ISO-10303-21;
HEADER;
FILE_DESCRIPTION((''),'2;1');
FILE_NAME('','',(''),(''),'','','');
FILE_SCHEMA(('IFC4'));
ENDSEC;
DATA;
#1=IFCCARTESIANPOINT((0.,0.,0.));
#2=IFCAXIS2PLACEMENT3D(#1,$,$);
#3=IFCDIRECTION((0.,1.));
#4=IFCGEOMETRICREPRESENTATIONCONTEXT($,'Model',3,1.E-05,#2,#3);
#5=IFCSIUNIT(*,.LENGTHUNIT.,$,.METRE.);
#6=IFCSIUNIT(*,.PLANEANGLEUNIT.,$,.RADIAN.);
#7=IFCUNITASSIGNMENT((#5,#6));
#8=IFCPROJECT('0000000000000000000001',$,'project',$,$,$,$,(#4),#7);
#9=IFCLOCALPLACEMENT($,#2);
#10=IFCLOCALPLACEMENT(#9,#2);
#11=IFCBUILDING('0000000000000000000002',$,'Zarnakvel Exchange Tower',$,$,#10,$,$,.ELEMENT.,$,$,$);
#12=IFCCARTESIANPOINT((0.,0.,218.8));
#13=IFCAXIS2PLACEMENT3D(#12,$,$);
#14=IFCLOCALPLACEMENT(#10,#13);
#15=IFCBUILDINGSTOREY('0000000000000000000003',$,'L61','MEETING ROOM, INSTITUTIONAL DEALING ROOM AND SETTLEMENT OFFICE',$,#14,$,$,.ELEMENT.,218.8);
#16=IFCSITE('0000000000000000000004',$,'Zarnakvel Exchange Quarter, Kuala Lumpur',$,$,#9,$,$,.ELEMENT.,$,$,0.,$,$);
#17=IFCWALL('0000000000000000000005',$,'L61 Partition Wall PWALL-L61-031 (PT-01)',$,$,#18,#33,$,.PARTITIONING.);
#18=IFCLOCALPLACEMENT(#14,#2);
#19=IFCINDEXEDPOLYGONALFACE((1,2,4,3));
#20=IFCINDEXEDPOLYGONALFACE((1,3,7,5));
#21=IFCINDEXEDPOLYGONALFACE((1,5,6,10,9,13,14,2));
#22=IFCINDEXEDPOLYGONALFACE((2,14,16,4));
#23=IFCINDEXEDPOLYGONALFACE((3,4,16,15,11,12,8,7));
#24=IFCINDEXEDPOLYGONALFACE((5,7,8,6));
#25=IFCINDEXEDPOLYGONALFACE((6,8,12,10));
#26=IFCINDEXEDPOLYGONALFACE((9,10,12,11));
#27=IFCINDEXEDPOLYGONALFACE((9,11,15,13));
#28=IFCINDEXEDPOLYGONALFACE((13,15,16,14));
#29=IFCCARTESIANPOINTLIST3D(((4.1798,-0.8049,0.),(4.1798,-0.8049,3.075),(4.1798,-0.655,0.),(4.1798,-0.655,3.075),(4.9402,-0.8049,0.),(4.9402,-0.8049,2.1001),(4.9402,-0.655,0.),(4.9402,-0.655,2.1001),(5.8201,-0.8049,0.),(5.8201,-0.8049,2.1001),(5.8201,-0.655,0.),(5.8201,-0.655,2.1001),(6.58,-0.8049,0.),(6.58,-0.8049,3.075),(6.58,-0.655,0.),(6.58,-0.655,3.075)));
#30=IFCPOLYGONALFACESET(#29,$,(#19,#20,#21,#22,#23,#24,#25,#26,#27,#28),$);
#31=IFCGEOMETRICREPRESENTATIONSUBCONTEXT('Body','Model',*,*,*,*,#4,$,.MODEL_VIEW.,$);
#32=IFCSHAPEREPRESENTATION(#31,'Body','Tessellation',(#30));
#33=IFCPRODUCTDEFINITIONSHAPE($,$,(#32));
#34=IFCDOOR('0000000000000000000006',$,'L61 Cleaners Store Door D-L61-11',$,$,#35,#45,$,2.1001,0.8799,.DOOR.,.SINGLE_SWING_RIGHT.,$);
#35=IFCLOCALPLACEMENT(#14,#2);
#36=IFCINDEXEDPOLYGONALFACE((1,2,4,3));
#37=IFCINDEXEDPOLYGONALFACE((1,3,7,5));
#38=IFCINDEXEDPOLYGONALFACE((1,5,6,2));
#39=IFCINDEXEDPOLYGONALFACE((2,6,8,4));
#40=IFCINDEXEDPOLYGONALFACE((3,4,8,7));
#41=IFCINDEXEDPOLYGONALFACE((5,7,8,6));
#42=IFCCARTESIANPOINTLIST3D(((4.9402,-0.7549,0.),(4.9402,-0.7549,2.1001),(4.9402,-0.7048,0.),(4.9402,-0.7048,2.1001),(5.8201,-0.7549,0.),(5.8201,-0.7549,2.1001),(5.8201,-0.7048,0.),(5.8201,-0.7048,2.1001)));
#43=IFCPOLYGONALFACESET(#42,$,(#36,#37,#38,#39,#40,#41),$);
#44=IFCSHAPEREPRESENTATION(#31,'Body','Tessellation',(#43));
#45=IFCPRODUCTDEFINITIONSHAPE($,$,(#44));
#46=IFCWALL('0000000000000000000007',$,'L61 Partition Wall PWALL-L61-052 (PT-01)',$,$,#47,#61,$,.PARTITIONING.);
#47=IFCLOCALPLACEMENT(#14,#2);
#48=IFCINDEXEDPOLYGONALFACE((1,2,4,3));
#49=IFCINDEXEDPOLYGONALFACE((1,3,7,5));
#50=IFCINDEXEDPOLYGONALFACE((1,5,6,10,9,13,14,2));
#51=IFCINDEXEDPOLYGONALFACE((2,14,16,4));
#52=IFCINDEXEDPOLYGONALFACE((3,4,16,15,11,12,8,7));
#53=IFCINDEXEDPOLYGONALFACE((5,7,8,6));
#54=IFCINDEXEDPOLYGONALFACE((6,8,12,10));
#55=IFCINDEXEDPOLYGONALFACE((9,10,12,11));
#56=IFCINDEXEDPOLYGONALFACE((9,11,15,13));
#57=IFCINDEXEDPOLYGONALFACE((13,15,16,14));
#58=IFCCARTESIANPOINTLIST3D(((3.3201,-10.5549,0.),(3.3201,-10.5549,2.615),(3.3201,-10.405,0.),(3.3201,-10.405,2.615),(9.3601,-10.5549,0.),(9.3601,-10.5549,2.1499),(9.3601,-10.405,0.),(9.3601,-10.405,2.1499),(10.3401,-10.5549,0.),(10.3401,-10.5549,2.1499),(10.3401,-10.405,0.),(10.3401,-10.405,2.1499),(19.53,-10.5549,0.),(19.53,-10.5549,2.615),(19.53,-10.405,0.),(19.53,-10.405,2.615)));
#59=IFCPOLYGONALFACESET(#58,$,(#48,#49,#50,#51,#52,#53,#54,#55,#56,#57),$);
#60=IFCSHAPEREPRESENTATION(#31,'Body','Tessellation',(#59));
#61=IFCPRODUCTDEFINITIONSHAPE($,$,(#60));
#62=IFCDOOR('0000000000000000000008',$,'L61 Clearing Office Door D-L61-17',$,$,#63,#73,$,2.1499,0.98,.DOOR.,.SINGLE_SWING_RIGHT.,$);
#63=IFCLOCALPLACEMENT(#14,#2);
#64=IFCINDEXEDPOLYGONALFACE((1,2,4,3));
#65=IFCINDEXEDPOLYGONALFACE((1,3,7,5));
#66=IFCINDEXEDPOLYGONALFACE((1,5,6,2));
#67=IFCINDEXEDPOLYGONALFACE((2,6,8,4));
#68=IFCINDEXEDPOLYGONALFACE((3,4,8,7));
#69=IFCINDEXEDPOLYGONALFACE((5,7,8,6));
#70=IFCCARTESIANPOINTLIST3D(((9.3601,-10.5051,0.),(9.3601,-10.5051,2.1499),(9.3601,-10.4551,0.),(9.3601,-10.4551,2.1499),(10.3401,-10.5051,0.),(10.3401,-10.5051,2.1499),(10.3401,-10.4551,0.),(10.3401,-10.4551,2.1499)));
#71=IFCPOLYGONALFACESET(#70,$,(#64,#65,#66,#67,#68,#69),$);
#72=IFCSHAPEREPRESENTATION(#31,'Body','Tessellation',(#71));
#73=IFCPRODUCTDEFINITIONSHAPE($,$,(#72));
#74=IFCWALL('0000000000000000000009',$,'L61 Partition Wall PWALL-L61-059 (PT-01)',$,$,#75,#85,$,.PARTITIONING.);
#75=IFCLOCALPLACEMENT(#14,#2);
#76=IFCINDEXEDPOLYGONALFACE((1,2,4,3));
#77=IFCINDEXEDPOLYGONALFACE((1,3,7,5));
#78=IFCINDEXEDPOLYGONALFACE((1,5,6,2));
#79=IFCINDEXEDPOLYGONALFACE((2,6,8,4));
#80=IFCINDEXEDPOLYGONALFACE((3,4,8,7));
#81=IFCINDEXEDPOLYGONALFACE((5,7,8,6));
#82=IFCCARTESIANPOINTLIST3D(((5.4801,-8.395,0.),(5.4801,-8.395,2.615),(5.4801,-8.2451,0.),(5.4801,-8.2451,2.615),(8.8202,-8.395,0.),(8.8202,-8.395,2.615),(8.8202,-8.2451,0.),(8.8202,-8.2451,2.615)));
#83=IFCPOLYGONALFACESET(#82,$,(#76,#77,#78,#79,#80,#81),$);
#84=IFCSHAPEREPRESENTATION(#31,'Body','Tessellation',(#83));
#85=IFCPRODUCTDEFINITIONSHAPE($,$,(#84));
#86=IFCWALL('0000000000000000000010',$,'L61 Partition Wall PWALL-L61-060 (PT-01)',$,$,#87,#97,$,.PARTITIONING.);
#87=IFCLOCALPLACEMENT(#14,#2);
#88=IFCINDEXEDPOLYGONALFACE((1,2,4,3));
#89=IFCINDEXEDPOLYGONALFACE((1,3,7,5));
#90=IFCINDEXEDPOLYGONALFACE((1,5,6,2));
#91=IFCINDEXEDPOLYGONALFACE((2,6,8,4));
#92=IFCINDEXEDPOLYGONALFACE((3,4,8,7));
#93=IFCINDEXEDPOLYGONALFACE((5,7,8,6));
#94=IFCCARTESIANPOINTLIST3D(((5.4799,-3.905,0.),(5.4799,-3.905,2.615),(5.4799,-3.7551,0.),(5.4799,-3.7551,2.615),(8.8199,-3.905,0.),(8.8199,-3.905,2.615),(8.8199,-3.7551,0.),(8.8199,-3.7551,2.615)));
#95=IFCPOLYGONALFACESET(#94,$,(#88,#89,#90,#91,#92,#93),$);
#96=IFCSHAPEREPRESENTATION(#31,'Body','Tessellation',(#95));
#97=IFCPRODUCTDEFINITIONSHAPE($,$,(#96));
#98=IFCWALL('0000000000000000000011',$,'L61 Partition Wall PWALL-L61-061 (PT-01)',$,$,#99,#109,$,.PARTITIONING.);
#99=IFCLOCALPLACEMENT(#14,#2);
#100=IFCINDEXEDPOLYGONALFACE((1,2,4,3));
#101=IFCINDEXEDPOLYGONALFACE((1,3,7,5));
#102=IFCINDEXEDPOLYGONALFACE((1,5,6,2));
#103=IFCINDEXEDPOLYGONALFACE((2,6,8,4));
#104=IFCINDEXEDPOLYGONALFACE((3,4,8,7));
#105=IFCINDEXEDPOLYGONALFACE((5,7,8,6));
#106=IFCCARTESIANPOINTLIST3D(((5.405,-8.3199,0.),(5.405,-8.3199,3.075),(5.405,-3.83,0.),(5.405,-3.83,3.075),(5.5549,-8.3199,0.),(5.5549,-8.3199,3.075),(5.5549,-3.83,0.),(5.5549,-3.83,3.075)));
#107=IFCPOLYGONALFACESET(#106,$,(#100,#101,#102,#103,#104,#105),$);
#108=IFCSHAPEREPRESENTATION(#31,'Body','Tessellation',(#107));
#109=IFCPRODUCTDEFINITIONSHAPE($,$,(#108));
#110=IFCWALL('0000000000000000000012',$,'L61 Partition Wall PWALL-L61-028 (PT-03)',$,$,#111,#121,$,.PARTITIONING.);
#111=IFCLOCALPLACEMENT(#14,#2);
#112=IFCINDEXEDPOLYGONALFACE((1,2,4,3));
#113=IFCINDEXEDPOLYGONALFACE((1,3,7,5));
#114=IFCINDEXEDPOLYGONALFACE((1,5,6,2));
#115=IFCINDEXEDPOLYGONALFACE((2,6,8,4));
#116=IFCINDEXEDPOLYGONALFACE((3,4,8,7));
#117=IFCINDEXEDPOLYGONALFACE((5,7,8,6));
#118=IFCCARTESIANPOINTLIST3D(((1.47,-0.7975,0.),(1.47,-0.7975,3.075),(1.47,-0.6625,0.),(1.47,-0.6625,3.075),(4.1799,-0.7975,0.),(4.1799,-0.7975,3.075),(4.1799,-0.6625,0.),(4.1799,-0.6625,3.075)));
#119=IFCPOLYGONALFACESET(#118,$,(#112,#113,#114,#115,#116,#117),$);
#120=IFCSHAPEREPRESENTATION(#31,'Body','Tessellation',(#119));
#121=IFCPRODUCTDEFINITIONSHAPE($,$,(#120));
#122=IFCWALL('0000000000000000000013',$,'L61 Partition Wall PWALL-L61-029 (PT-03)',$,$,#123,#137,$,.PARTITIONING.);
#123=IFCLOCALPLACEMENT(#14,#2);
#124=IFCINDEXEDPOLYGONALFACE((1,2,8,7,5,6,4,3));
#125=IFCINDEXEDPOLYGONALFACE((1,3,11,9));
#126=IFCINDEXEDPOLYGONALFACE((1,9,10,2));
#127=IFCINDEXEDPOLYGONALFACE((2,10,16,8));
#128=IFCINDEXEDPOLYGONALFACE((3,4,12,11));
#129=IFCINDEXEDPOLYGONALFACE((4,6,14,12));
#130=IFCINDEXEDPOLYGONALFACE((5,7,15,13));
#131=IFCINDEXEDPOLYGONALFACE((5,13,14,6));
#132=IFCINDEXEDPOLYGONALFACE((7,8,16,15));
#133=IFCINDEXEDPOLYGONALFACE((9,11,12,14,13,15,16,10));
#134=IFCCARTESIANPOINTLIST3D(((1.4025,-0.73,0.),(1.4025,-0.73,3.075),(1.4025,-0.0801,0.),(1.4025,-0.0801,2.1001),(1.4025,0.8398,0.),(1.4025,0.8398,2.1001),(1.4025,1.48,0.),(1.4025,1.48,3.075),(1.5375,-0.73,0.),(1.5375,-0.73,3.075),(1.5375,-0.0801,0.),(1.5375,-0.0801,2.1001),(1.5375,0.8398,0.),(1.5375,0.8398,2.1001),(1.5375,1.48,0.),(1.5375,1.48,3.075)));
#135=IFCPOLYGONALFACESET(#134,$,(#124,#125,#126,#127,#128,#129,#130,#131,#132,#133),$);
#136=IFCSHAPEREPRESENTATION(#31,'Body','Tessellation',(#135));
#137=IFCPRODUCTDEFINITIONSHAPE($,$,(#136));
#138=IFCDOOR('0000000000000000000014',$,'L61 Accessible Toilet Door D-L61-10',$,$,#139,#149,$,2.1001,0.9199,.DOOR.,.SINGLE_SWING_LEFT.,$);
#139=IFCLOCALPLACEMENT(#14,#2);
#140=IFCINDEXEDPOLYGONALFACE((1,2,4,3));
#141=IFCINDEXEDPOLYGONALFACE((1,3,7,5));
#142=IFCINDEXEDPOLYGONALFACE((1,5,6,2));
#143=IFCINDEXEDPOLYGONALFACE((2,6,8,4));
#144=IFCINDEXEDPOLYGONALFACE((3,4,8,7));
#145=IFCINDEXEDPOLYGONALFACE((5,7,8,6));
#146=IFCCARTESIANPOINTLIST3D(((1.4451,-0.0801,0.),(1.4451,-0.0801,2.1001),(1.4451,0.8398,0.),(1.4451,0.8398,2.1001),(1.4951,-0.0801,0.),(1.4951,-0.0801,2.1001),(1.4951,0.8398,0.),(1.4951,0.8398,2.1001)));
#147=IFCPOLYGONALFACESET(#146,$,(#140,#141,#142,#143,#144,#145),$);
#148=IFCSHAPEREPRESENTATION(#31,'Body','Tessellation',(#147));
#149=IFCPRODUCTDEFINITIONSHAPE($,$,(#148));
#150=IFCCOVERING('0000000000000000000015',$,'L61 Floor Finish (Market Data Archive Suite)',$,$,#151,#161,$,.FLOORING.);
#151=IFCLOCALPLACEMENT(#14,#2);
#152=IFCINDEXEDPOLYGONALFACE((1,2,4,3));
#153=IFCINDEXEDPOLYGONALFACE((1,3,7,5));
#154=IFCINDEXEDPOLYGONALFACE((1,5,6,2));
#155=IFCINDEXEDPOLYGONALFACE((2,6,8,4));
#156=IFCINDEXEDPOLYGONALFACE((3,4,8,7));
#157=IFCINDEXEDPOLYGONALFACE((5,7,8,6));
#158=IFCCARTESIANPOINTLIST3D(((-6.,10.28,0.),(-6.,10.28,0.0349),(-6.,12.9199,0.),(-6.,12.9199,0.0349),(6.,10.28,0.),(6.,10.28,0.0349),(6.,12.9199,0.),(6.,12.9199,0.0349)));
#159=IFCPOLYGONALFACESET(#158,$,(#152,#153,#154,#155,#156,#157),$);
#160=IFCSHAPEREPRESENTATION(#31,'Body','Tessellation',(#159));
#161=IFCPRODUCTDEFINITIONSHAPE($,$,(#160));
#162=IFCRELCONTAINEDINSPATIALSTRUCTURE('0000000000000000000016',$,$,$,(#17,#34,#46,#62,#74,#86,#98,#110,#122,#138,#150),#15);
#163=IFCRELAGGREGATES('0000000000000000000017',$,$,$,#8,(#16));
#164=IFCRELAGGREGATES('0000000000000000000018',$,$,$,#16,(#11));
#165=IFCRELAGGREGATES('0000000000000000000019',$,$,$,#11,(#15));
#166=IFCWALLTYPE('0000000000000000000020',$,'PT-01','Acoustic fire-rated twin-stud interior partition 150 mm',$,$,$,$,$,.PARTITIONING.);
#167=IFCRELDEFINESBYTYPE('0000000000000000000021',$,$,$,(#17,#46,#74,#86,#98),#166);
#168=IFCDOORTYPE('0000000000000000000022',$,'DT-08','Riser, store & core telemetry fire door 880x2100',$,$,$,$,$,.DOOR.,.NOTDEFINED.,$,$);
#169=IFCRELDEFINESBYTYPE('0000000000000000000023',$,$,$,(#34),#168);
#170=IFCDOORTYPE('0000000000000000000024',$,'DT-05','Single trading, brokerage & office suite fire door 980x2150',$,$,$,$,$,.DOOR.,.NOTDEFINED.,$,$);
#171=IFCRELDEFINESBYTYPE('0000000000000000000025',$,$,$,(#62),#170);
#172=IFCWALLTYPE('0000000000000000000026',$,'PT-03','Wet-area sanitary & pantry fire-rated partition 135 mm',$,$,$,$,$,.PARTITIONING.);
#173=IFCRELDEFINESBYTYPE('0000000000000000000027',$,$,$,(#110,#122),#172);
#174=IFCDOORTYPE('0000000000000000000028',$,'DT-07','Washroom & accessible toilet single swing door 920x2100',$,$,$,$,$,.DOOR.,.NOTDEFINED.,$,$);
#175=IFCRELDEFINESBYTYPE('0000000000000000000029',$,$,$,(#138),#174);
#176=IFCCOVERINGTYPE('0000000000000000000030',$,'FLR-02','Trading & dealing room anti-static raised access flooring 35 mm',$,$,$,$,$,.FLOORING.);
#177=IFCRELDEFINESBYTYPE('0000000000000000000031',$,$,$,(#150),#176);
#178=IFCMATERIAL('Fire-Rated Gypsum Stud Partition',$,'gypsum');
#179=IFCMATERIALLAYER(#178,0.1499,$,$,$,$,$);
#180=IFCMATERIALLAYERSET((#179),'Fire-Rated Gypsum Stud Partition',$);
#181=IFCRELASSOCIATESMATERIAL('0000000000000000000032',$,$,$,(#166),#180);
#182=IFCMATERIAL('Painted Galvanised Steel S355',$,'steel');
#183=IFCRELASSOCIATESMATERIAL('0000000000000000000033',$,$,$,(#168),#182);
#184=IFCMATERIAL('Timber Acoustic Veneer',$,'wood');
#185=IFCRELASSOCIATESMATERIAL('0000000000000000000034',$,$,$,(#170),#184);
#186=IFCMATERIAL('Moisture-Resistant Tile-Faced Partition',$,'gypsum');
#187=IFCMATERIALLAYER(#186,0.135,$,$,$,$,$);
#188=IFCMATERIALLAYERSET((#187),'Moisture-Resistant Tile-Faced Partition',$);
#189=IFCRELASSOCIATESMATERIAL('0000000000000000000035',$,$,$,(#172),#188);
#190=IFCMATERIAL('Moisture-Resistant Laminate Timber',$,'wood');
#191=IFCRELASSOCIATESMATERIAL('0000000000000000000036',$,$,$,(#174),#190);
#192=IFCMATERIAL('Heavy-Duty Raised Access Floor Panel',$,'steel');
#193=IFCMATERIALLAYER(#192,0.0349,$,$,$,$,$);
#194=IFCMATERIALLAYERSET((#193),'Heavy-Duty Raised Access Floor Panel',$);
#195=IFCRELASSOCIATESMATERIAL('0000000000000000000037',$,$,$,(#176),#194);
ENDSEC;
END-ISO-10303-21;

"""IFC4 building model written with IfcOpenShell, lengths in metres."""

from ifc_helpers import new_model, si_unit, direction, frame, frame_2d, origin, place, context, subcontext, project, spatial, polyline, rectangle, outline, extrude, source, transform, mapped, material, layer, layer_set, type_object, element, fill, save


model = new_model("IFC4")

# Units and contexts
model_context = context("Model", 3, precision=1e-05, world=origin(), true_north=direction((0.0, 1.0)))
body_context = subcontext(model_context, "Body", "Model", "MODEL_VIEW")
ifc_project = project(units=[si_unit("LENGTHUNIT", "METRE"), si_unit("PLANEANGLEUNIT", "RADIAN")], contexts=[model_context])

# Site, building, storey
site_placement = place(None, origin())
site = spatial("IfcSite", under=ifc_project, at=site_placement, Name="Zarnakvel Exchange Quarter, Kuala Lumpur", CompositionType="ELEMENT", RefElevation=0.0)
building_placement = place(site_placement, origin())
building = spatial("IfcBuilding", under=site, at=building_placement, Name="Zarnakvel Exchange Tower", CompositionType="ELEMENT")
storey_placement = place(building_placement, frame((0.0, 0.0, 218.8)))
storey = spatial("IfcBuildingStorey", under=building, at=storey_placement, Name="L61", Description="MEETING ROOM, INSTITUTIONAL DEALING ROOM AND SETTLEMENT OFFICE", CompositionType="ELEMENT", Elevation=218.8)

# Walls, openings, doors
ifc_material_1 = material(Name="Fire-Rated Gypsum Stud Partition", Category="gypsum")
ifc_layer_1 = layer(ifc_material_1, 0.1499)
ifc_layer_set_1 = layer_set([ifc_layer_1], Name="Fire-Rated Gypsum Stud Partition")
wall_type_1 = type_object("IfcWallType", Name="PT-01", Description="Acoustic fire-rated twin-stud interior partition 150 mm", PredefinedType="PARTITIONING", material=ifc_layer_set_1)
wall_1_placement = place(storey_placement, frame((6.5801, -0.73, 0.0), z_axis=(0.0, 0.0, 1.0), x_axis=(-1.0, 0.0, 0.0)))
wall_1 = element("IfcWall", 1, at=wall_1_placement, inside=storey, type_object=wall_type_1, Name="L61 Partition Wall PWALL-L61-031 (PT-01)", PredefinedType="PARTITIONING", context=body_context, shape_type="SweptSolid", body=[
    extrude(rectangle(XDim=2.4001, YDim=0.1499, at=frame_2d((1.2002, 0.0))), origin(), (0.0, 0.0, 1.0), 3.075),
])
opening_1_placement = place(wall_1_placement, frame((0.76, 0.0, 0.0)))
opening_1 = element("IfcOpeningElement", 2, at=opening_1_placement, cuts=wall_1, PredefinedType="OPENING", context=body_context, shape_type="SweptSolid", body=[
    extrude(rectangle(XDim=0.8799, YDim=2.1001, at=frame_2d((0.4399, 1.05))), frame((0.0, 0.085, 0.0), z_axis=(0.0, -1.0, 0.0), x_axis=(1.0, 0.0, 0.0)), (0.0, 0.0, 1.0), 0.1699),
])
ifc_material_2 = material(Name="Painted Galvanised Steel S355", Category="steel")
door_type_1 = type_object("IfcDoorType", Name="DT-08", Description="Riser, store & core telemetry fire door 880x2100", OperationType="NOTDEFINED", PredefinedType="DOOR", material=ifc_material_2)
shared_shape_1 = source(origin(), body_context, "Body", "SweptSolid", [
    extrude(rectangle(XDim=0.8799, YDim=2.1001, at=frame_2d((0.4399, 1.05))), frame((0.0, 0.0249, 0.0), z_axis=(0.0, -1.0, 0.0), x_axis=(1.0, 0.0, 0.0)), (0.0, 0.0, 1.0), 0.05),
])
door_1_placement = place(opening_1_placement, origin())
door_1 = element("IfcDoor", 3, at=door_1_placement, inside=storey, type_object=door_type_1, Name="L61 Cleaners Store Door D-L61-11", OperationType="SINGLE_SWING_RIGHT", OverallHeight=2.1001, OverallWidth=0.8799, PredefinedType="DOOR", context=body_context, shape_type="MappedRepresentation", body=[
    mapped(shared_shape_1, transform((0.0, 0.0, 0.0), x_axis=(1.0, 0.0, 0.0), y_axis=(0.0, 1.0, 0.0), z_axis=(0.0, 0.0, 1.0), scale=1.0)),
])
fill(opening_1, door_1)
wall_2_placement = place(storey_placement, frame((3.3201, -10.48, 0.0), z_axis=(0.0, 0.0, 1.0), x_axis=(1.0, 0.0, 0.0)))
wall_2 = element("IfcWall", 4, at=wall_2_placement, inside=storey, type_object=wall_type_1, Name="L61 Partition Wall PWALL-L61-052 (PT-01)", PredefinedType="PARTITIONING", context=body_context, shape_type="SweptSolid", body=[
    extrude(rectangle(XDim=16.21, YDim=0.1499, at=frame_2d((8.105, 0.0))), origin(), (0.0, 0.0, 1.0), 2.615),
])
opening_2_placement = place(wall_2_placement, frame((6.04, 0.0, 0.0)))
opening_2 = element("IfcOpeningElement", 5, at=opening_2_placement, cuts=wall_2, PredefinedType="OPENING", context=body_context, shape_type="SweptSolid", body=[
    extrude(rectangle(XDim=0.98, YDim=2.1499, at=frame_2d((0.49, 1.075))), frame((0.0, 0.085, 0.0), z_axis=(0.0, -1.0, 0.0), x_axis=(1.0, 0.0, 0.0)), (0.0, 0.0, 1.0), 0.1699),
])
ifc_material_3 = material(Name="Timber Acoustic Veneer", Category="wood")
door_type_2 = type_object("IfcDoorType", Name="DT-05", Description="Single trading, brokerage & office suite fire door 980x2150", OperationType="NOTDEFINED", PredefinedType="DOOR", material=ifc_material_3)
shared_shape_2 = source(origin(), body_context, "Body", "SweptSolid", [
    extrude(rectangle(XDim=0.98, YDim=2.1499, at=frame_2d((0.49, 1.075))), frame((0.0, 0.0249, 0.0), z_axis=(0.0, -1.0, 0.0), x_axis=(1.0, 0.0, 0.0)), (0.0, 0.0, 1.0), 0.05),
])
door_2_placement = place(opening_2_placement, origin())
door_2 = element("IfcDoor", 6, at=door_2_placement, inside=storey, type_object=door_type_2, Name="L61 Clearing Office Door D-L61-17", OperationType="SINGLE_SWING_RIGHT", OverallHeight=2.1499, OverallWidth=0.98, PredefinedType="DOOR", context=body_context, shape_type="MappedRepresentation", body=[
    mapped(shared_shape_2, transform((0.0, 0.0, 0.0), x_axis=(1.0, 0.0, 0.0), y_axis=(0.0, 1.0, 0.0), z_axis=(0.0, 0.0, 1.0), scale=1.0)),
])
fill(opening_2, door_2)

# Walls
for number, where, z_axis, x_axis, name in (
    (7, (8.8201, -8.3201, 0.0), (0.0, 0.0, 1.0), (-1.0, 0.0, 0.0), "L61 Partition Wall PWALL-L61-059 (PT-01)"),
    (8, (5.48, -3.8301, 0.0), (0.0, 0.0, 1.0), (1.0, 0.0, 0.0), "L61 Partition Wall PWALL-L61-060 (PT-01)"),
):
    element("IfcWall", number, at=place(storey_placement, frame(where, z_axis=z_axis, x_axis=x_axis)), inside=storey, type_object=wall_type_1, Name=name, PredefinedType="PARTITIONING", context=body_context, shape_type="SweptSolid", body=[
        extrude(rectangle(XDim=3.3401, YDim=0.1499, at=frame_2d((1.6699, 0.0))), origin(), (0.0, 0.0, 1.0), 2.615),
    ])
wall_3_placement = place(storey_placement, frame((5.48, -8.3201, 0.0), z_axis=(0.0, 0.0, 1.0), x_axis=(0.0, 1.0, 0.0)))
element("IfcWall", 9, at=wall_3_placement, inside=storey, type_object=wall_type_1, Name="L61 Partition Wall PWALL-L61-061 (PT-01)", PredefinedType="PARTITIONING", context=body_context, shape_type="SweptSolid", body=[
    extrude(rectangle(XDim=4.49, YDim=0.1499, at=frame_2d((2.2451, 0.0))), origin(), (0.0, 0.0, 1.0), 3.075),
])

# Wall
ifc_material_4 = material(Name="Moisture-Resistant Tile-Faced Partition", Category="gypsum")
ifc_layer_2 = layer(ifc_material_4, 0.135)
ifc_layer_set_2 = layer_set([ifc_layer_2], Name="Moisture-Resistant Tile-Faced Partition")
wall_type_2 = type_object("IfcWallType", Name="PT-03", Description="Wet-area sanitary & pantry fire-rated partition 135 mm", PredefinedType="PARTITIONING", material=ifc_layer_set_2)
wall_4_placement = place(storey_placement, frame((4.1799, -0.73, 0.0), z_axis=(0.0, 0.0, 1.0), x_axis=(-1.0, 0.0, 0.0)))
element("IfcWall", 10, at=wall_4_placement, inside=storey, type_object=wall_type_2, Name="L61 Partition Wall PWALL-L61-028 (PT-03)", PredefinedType="PARTITIONING", context=body_context, shape_type="SweptSolid", body=[
    extrude(rectangle(XDim=2.71, YDim=0.135, at=frame_2d((1.355, 0.0))), origin(), (0.0, 0.0, 1.0), 3.075),
])

# Wall, opening, door
wall_5_placement = place(storey_placement, frame((1.47, -0.73, 0.0), z_axis=(0.0, 0.0, 1.0), x_axis=(0.0, 1.0, 0.0)))
wall_5 = element("IfcWall", 11, at=wall_5_placement, inside=storey, type_object=wall_type_2, Name="L61 Partition Wall PWALL-L61-029 (PT-03)", PredefinedType="PARTITIONING", context=body_context, shape_type="SweptSolid", body=[
    extrude(rectangle(XDim=2.21, YDim=0.135, at=frame_2d((1.105, 0.0))), origin(), (0.0, 0.0, 1.0), 3.075),
])
opening_3_placement = place(wall_5_placement, frame((0.6499, 0.0, 0.0)))
opening_3 = element("IfcOpeningElement", 12, at=opening_3_placement, cuts=wall_5, PredefinedType="OPENING", context=body_context, shape_type="SweptSolid", body=[
    extrude(rectangle(XDim=0.9199, YDim=2.1001, at=frame_2d((0.46, 1.05))), frame((0.0, 0.0774, 0.0), z_axis=(0.0, -1.0, 0.0), x_axis=(1.0, 0.0, 0.0)), (0.0, 0.0, 1.0), 0.155),
])
ifc_material_5 = material(Name="Moisture-Resistant Laminate Timber", Category="wood")
door_type_3 = type_object("IfcDoorType", Name="DT-07", Description="Washroom & accessible toilet single swing door 920x2100", OperationType="NOTDEFINED", PredefinedType="DOOR", material=ifc_material_5)
shared_shape_3 = source(origin(), body_context, "Body", "SweptSolid", [
    extrude(rectangle(XDim=0.9199, YDim=2.1001, at=frame_2d((0.46, 1.05))), frame((0.0, 0.0249, 0.0), z_axis=(0.0, -1.0, 0.0), x_axis=(1.0, 0.0, 0.0)), (0.0, 0.0, 1.0), 0.05),
])
door_3_placement = place(opening_3_placement, origin())
door_3 = element("IfcDoor", 13, at=door_3_placement, inside=storey, type_object=door_type_3, Name="L61 Accessible Toilet Door D-L61-10", OperationType="SINGLE_SWING_LEFT", OverallHeight=2.1001, OverallWidth=0.9199, PredefinedType="DOOR", context=body_context, shape_type="MappedRepresentation", body=[
    mapped(shared_shape_3, transform((0.0, 0.0, 0.0), x_axis=(1.0, 0.0, 0.0), y_axis=(0.0, 1.0, 0.0), z_axis=(0.0, 0.0, 1.0), scale=1.0)),
])
fill(opening_3, door_3)

# Covering
ifc_material_6 = material(Name="Heavy-Duty Raised Access Floor Panel", Category="steel")
ifc_layer_3 = layer(ifc_material_6, 0.0349)
ifc_layer_set_3 = layer_set([ifc_layer_3], Name="Heavy-Duty Raised Access Floor Panel")
covering_type = type_object("IfcCoveringType", Name="FLR-02", Description="Trading & dealing room anti-static raised access flooring 35 mm", PredefinedType="FLOORING", material=ifc_layer_set_3)
covering_placement = place(storey_placement, origin())
element("IfcCovering", 14, at=covering_placement, inside=storey, type_object=covering_type, Name="L61 Floor Finish (Market Data Archive Suite)", PredefinedType="FLOORING", context=body_context, shape_type="SweptSolid", body=[
    extrude(outline(polyline([(-6.0, 12.9199), (6.0, 12.9199), (6.0, 10.28), (-6.0, 10.28), (-6.0, 12.9199)])), origin(), (0.0, 0.0, 1.0), 0.0349),
])

save(model, "model.ifc")
